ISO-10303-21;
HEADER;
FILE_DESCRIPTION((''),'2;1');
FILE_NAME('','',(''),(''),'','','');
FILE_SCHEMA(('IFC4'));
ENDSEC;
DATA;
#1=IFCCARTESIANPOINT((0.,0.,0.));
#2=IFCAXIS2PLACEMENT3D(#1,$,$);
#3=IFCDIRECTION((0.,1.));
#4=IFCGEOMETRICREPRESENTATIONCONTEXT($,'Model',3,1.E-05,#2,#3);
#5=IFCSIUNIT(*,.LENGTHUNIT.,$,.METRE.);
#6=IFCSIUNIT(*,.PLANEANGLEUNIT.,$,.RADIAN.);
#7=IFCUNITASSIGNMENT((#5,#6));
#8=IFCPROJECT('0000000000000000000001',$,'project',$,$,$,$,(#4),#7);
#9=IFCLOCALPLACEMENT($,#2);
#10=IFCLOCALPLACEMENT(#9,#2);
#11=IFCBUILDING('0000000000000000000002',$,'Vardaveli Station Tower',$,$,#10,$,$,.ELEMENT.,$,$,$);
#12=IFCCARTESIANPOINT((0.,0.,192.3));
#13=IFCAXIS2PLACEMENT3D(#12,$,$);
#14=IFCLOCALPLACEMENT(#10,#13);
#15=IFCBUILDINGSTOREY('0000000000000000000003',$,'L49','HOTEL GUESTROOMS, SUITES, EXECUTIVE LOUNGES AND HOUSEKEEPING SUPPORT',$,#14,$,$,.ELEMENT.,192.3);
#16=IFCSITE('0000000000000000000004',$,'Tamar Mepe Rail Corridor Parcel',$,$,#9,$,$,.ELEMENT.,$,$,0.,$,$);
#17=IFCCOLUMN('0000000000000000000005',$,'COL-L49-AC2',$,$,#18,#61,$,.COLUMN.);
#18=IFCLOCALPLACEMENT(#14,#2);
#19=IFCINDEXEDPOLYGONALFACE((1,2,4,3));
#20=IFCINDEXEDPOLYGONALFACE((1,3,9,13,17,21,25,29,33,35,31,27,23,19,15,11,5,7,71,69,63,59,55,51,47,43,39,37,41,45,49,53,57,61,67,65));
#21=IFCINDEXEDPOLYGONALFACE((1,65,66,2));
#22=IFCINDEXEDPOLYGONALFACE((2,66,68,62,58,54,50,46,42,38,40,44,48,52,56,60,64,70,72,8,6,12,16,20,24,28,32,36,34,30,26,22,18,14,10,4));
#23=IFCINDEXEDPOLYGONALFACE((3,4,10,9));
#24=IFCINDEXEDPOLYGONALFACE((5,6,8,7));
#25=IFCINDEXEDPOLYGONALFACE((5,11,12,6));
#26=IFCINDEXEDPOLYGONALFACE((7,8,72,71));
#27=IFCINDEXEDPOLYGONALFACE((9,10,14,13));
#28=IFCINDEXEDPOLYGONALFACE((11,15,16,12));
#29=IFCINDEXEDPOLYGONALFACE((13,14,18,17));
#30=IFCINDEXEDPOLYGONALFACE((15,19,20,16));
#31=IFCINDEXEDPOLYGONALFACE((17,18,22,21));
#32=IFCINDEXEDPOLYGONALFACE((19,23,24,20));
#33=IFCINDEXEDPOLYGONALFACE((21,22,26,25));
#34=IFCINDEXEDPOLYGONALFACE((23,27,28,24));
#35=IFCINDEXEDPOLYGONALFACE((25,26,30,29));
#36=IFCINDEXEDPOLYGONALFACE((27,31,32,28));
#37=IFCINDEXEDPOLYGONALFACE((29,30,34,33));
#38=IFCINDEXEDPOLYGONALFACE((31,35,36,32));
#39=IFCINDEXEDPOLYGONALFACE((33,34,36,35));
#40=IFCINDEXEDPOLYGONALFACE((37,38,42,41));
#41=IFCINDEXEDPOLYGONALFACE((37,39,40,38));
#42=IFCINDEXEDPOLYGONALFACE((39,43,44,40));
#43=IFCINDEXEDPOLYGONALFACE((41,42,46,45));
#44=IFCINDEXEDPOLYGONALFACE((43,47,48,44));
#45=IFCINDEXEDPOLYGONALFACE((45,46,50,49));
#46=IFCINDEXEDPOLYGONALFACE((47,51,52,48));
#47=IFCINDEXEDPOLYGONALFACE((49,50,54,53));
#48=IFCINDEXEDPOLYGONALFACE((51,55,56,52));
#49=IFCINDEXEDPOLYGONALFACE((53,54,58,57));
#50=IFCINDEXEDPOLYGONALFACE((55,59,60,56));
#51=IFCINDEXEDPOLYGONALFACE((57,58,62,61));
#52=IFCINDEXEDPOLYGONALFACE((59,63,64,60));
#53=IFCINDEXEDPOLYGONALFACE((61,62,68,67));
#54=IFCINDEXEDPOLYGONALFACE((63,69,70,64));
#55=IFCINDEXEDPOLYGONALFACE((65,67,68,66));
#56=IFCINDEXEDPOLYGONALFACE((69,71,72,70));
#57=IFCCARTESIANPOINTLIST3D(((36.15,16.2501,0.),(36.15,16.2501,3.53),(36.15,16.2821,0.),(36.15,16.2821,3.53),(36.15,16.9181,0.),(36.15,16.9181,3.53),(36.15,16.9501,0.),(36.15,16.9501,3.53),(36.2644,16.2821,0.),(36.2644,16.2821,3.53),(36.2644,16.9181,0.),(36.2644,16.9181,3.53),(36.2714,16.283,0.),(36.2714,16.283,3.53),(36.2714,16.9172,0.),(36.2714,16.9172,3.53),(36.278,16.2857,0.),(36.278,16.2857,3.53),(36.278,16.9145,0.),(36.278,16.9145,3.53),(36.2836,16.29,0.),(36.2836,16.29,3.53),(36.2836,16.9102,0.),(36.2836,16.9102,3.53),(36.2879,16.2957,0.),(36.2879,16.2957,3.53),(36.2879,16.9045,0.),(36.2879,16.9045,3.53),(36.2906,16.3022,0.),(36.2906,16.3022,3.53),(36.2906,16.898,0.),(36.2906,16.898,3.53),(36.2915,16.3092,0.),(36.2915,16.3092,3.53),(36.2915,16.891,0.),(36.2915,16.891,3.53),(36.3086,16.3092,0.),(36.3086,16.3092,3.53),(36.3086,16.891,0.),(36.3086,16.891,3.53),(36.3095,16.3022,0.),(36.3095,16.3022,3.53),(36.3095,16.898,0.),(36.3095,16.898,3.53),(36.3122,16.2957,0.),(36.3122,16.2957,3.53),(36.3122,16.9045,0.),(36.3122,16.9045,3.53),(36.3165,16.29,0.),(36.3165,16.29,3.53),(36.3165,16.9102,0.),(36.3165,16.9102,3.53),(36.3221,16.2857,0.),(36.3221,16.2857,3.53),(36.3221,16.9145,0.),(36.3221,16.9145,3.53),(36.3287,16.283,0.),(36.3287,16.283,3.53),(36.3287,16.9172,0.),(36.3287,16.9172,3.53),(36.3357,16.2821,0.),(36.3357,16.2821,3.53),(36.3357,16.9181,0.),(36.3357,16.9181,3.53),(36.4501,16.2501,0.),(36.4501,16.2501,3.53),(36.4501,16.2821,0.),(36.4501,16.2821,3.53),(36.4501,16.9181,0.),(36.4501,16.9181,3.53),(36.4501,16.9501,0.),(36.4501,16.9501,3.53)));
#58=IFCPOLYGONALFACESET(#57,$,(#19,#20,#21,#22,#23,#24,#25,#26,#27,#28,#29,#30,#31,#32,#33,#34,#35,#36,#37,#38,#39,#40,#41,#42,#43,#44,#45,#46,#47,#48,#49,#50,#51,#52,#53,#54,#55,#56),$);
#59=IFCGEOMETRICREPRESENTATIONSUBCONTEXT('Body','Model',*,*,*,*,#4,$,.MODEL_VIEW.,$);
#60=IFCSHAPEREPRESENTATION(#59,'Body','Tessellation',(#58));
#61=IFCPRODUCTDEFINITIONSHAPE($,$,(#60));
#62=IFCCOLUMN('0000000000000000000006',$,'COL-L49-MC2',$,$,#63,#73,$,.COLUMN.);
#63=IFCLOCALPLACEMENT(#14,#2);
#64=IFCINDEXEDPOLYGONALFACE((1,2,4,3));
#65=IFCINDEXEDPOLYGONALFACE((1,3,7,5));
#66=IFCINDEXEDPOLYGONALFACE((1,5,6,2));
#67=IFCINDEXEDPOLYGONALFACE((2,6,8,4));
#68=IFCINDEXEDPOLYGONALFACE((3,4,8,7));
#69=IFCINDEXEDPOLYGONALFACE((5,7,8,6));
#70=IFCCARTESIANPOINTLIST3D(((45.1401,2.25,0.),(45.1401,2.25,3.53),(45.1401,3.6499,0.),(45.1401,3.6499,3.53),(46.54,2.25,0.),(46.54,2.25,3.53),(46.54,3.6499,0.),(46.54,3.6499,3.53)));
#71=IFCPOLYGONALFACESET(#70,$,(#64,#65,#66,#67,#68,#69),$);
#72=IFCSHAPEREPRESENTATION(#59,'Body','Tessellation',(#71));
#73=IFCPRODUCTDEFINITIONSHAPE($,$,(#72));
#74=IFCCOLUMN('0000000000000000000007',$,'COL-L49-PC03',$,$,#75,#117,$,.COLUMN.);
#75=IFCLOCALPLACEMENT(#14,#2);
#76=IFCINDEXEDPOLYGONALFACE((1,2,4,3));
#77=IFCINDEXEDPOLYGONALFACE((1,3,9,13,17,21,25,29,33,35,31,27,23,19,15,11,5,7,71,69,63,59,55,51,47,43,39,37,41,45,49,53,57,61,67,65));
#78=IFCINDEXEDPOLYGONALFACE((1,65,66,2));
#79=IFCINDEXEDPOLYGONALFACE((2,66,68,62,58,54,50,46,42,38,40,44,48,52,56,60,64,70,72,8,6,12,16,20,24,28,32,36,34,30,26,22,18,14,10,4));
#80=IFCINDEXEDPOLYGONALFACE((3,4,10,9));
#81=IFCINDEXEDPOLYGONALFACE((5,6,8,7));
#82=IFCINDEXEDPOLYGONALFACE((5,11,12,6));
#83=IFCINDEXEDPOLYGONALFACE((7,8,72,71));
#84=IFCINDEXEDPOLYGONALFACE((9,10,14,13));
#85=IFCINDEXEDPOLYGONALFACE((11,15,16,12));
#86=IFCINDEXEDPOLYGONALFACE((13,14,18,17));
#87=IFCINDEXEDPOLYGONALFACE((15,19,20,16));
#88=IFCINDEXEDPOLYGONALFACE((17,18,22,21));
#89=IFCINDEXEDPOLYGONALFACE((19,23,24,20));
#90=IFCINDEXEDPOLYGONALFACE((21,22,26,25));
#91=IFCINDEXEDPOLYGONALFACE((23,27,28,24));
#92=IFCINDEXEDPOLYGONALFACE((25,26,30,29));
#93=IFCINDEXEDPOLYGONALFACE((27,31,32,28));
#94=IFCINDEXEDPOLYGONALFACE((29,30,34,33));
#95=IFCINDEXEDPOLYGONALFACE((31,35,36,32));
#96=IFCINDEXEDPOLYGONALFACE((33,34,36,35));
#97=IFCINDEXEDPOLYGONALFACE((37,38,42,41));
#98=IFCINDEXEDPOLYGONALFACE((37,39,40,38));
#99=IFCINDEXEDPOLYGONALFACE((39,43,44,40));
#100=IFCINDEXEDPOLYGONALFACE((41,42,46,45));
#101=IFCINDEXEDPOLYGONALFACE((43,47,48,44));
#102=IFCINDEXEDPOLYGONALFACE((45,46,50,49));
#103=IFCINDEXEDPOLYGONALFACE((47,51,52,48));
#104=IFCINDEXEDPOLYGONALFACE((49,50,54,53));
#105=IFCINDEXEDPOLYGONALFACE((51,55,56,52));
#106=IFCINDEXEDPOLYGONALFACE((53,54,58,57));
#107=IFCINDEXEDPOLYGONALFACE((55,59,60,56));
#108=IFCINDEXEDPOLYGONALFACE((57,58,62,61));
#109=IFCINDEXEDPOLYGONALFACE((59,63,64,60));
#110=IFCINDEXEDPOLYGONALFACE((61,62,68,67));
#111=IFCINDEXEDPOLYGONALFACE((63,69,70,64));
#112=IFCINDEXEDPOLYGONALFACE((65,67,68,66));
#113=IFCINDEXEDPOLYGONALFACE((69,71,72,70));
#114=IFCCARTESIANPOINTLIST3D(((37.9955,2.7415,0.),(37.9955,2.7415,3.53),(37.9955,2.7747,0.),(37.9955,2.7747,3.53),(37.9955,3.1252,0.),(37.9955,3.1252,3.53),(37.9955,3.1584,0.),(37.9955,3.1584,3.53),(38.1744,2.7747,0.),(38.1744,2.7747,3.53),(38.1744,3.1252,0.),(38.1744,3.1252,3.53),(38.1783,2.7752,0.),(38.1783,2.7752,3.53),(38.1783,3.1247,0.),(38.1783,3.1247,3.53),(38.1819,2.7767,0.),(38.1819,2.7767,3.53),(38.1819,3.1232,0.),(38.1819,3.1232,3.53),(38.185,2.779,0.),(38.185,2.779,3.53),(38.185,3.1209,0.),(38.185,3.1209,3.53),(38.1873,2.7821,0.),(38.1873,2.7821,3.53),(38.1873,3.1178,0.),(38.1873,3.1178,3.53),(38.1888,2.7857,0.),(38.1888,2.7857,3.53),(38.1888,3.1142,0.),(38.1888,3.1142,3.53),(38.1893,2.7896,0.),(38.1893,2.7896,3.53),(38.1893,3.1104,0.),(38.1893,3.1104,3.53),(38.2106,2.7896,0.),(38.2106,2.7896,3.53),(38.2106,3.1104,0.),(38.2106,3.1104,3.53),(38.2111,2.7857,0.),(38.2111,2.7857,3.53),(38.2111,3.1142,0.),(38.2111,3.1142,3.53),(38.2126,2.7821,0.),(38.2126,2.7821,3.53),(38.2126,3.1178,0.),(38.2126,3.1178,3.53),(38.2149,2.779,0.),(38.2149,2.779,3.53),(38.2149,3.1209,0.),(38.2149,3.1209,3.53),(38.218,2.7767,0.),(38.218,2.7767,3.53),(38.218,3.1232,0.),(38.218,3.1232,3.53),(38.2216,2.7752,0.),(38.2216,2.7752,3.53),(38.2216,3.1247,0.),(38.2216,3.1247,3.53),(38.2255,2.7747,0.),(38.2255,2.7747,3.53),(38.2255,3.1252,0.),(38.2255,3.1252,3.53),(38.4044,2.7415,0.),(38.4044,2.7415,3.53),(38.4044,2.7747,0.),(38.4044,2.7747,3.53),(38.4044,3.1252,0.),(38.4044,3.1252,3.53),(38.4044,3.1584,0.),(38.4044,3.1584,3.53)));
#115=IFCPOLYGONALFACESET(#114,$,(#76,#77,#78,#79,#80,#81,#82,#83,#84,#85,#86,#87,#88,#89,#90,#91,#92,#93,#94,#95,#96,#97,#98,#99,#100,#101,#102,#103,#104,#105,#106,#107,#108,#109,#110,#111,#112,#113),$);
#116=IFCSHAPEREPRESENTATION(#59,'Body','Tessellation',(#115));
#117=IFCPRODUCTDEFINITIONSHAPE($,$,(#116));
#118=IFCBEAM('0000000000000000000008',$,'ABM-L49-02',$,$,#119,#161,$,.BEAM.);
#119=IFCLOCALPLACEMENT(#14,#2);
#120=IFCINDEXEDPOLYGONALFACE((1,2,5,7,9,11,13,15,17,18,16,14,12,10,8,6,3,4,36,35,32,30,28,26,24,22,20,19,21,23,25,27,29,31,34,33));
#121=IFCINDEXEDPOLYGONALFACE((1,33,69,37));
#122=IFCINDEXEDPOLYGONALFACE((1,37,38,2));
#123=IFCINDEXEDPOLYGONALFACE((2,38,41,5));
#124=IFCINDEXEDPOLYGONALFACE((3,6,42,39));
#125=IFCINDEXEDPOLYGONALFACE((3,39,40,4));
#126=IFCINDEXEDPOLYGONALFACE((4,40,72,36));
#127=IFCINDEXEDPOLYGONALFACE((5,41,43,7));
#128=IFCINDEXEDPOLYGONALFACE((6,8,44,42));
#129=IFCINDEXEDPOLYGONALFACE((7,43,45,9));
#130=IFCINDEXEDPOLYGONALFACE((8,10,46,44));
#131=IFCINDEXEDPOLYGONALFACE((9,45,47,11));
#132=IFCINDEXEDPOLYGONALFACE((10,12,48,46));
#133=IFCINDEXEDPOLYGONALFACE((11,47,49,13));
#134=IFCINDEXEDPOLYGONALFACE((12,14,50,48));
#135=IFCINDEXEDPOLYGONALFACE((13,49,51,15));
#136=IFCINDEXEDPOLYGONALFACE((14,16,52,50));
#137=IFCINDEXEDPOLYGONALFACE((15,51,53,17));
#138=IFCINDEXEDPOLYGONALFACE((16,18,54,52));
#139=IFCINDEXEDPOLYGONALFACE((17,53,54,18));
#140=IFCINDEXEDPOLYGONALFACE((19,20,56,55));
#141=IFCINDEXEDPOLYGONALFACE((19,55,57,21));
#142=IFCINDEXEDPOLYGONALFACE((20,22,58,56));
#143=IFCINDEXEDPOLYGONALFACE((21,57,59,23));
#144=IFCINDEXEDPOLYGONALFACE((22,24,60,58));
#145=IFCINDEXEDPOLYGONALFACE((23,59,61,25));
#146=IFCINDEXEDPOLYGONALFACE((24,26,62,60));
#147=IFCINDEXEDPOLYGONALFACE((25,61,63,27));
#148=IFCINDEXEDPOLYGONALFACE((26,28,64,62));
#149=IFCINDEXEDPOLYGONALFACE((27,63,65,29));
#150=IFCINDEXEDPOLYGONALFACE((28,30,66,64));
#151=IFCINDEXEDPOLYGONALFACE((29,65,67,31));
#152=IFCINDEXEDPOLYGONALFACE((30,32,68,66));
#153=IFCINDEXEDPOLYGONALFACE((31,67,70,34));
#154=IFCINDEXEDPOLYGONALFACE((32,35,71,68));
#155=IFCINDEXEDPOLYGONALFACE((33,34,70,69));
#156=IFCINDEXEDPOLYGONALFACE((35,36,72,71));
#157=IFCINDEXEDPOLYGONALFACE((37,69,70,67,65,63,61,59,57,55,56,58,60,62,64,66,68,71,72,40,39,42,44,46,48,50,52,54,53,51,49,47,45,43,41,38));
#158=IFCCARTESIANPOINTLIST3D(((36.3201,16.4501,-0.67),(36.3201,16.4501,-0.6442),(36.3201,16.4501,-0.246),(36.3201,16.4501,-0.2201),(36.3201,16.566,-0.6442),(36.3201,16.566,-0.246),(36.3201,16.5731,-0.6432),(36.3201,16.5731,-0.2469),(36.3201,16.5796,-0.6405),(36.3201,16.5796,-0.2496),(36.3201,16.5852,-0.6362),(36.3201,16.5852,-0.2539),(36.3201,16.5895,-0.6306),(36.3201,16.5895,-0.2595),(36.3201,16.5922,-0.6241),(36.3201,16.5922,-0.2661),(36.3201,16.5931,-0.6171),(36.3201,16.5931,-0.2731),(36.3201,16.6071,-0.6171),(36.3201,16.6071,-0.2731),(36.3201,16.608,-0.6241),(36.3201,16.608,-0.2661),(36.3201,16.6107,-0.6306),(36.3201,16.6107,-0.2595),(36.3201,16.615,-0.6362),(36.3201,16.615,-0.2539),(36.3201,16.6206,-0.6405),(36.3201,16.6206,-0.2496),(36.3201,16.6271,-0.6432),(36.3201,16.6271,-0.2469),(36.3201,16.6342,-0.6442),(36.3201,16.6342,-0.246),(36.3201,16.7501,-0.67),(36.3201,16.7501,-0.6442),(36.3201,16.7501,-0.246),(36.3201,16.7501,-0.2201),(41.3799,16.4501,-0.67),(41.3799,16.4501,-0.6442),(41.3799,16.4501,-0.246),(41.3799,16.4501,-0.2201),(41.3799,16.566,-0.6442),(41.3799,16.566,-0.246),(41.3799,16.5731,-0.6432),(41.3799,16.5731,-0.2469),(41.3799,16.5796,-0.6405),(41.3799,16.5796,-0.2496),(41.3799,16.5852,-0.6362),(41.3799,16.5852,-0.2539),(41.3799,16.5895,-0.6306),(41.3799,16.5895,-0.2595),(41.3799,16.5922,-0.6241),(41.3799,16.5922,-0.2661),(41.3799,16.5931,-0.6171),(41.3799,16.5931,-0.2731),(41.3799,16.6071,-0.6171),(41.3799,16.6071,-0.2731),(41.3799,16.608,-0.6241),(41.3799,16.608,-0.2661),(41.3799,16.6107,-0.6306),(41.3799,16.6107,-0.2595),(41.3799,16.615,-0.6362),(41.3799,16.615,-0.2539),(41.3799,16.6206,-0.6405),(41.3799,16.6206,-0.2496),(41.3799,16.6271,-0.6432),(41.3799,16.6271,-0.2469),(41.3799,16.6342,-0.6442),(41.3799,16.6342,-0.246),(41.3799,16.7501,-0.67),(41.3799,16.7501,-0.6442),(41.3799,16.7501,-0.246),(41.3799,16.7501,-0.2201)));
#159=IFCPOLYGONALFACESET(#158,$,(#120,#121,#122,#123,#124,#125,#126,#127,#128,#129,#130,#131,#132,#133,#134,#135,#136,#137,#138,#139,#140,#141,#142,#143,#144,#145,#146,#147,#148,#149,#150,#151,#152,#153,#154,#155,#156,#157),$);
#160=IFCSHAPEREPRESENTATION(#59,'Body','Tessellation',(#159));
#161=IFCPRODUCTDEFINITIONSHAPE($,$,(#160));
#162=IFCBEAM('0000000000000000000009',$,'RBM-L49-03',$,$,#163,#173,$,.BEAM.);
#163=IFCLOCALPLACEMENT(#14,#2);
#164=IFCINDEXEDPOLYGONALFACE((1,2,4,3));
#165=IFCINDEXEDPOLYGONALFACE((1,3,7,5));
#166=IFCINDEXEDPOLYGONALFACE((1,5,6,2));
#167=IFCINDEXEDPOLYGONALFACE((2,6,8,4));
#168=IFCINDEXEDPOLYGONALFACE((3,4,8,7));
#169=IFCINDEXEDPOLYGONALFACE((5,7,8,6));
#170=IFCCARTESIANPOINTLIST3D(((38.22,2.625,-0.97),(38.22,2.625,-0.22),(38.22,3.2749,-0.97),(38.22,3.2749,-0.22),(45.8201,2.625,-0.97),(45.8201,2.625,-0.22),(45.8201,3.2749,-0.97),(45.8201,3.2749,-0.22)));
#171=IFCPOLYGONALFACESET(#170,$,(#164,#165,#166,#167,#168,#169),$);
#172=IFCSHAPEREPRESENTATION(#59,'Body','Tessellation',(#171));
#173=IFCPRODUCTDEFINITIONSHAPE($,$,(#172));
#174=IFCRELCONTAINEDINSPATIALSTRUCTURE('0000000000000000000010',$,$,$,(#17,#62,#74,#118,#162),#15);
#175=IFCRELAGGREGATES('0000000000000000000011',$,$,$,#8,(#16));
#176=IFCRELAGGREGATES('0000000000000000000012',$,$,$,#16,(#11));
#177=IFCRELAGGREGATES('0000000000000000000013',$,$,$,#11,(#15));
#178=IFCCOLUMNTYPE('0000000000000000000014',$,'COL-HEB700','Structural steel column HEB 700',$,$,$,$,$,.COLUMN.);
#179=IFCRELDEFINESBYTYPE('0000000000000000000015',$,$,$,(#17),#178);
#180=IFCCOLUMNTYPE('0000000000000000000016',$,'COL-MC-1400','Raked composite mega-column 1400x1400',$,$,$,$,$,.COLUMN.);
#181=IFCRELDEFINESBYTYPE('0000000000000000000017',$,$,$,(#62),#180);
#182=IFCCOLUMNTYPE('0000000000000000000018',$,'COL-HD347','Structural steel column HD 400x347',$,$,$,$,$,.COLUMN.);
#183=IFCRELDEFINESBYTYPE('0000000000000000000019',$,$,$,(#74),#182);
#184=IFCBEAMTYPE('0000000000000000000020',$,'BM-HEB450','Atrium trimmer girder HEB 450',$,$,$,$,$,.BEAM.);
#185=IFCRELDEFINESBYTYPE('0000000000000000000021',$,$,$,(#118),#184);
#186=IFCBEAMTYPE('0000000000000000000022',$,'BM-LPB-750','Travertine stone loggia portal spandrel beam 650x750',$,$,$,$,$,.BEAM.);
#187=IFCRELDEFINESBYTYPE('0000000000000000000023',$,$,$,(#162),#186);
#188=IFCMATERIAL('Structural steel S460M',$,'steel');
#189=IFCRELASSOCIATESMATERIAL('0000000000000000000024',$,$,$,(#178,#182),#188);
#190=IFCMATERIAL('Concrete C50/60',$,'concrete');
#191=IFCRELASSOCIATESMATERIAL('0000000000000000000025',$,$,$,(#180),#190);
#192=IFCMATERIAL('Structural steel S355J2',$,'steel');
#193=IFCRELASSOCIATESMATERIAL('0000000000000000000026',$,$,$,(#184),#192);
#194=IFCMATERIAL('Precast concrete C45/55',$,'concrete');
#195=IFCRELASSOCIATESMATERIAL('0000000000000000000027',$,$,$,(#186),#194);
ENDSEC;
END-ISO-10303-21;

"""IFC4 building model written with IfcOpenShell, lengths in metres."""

from ifc_helpers import new_model, si_unit, direction, frame, origin, origin_2d, place, context, subcontext, project, spatial, rectangle, i_section, extrude, source, transform, mapped, material, material_profile, profile_set, type_object, element, save


model = new_model("IFC4")

# Units and contexts
model_context = context("Model", 3, precision=1e-05, world=origin(), true_north=direction((0.0, 1.0)))
body_context = subcontext(model_context, "Body", "Model", "MODEL_VIEW")
ifc_project = project(units=[si_unit("LENGTHUNIT", "METRE"), si_unit("PLANEANGLEUNIT", "RADIAN")], contexts=[model_context])

# Site, building, storey
site_placement = place(None, origin())
site = spatial("IfcSite", under=ifc_project, at=site_placement, Name="Tamar Mepe Rail Corridor Parcel", CompositionType="ELEMENT", RefElevation=0.0)
building_placement = place(site_placement, origin())
building = spatial("IfcBuilding", under=site, at=building_placement, Name="Vardaveli Station Tower", CompositionType="ELEMENT")
storey_placement = place(building_placement, frame((0.0, 0.0, 192.3)))
storey = spatial("IfcBuildingStorey", under=building, at=storey_placement, Name="L49", Description="HOTEL GUESTROOMS, SUITES, EXECUTIVE LOUNGES AND HOUSEKEEPING SUPPORT", CompositionType="ELEMENT", Elevation=192.3)

# Columns
ifc_material_1 = material(Name="Structural steel S460M", Category="steel")
ifc_material_profile_1 = material_profile(ifc_material_1, i_section(OverallWidth=0.3, OverallDepth=0.7, WebThickness=0.0171, FlangeThickness=0.032, FilletRadius=0.0271, at=origin_2d()), Name="HEB 700")
ifc_profile_set_1 = profile_set([ifc_material_profile_1], Name="Structural steel S460M")
column_type_1 = type_object("IfcColumnType", Name="COL-HEB700", Description="Structural steel column HEB 700", PredefinedType="COLUMN", material=ifc_profile_set_1)
shared_shape_1 = source(origin(), body_context, "Body", "SweptSolid", [
    extrude(i_section(OverallWidth=0.3, OverallDepth=0.7, WebThickness=0.0171, FlangeThickness=0.032, FilletRadius=0.0271, at=origin_2d()), origin(), (0.0, 0.0, 1.0), 3.53),
])
column_1_placement = place(storey_placement, frame((36.3, 16.6001, 0.0), z_axis=(0.0, 0.0, 1.0), x_axis=(1.0, 0.0, 0.0)))
element("IfcColumn", 1, at=column_1_placement, inside=storey, type_object=column_type_1, Name="COL-L49-AC2", PredefinedType="COLUMN", context=body_context, shape_type="MappedRepresentation", body=[
    mapped(shared_shape_1, transform((0.0, 0.0, 0.0), scale=1.0)),
])
ifc_material_2 = material(Name="Concrete C50/60", Category="concrete")
ifc_material_profile_2 = material_profile(ifc_material_2, rectangle(XDim=1.3999, YDim=1.3999, at=origin_2d()), Name="MC 1400x1400")
ifc_profile_set_2 = profile_set([ifc_material_profile_2], Name="Concrete C50/60")
column_type_2 = type_object("IfcColumnType", Name="COL-MC-1400", Description="Raked composite mega-column 1400x1400", PredefinedType="COLUMN", material=ifc_profile_set_2)
shared_shape_2 = source(origin(), body_context, "Body", "SweptSolid", [
    extrude(rectangle(XDim=1.3999, YDim=1.3999, at=origin_2d()), origin(), (0.0, 0.0, 1.0), 3.53),
])
column_2_placement = place(storey_placement, frame((45.8401, 2.95, 0.0), z_axis=(0.0, 0.0, 1.0), x_axis=(1.0, 0.0, 0.0)))
element("IfcColumn", 2, at=column_2_placement, inside=storey, type_object=column_type_2, Name="COL-L49-MC2", PredefinedType="COLUMN", context=body_context, shape_type="MappedRepresentation", body=[
    mapped(shared_shape_2, transform((0.0, 0.0, 0.0), scale=1.0)),
])
ifc_material_profile_3 = material_profile(ifc_material_1, i_section(OverallWidth=0.4089, OverallDepth=0.417, WebThickness=0.0212, FlangeThickness=0.0332, FilletRadius=0.0149, at=origin_2d()), Name="HD 400x347")
ifc_profile_set_3 = profile_set([ifc_material_profile_3], Name="Structural steel S460M")
column_type_3 = type_object("IfcColumnType", Name="COL-HD347", Description="Structural steel column HD 400x347", PredefinedType="COLUMN", material=ifc_profile_set_3)
shared_shape_3 = source(origin(), body_context, "Body", "SweptSolid", [
    extrude(i_section(OverallWidth=0.4089, OverallDepth=0.417, WebThickness=0.0212, FlangeThickness=0.0332, FilletRadius=0.0149, at=origin_2d()), origin(), (0.0, 0.0, 1.0), 3.53),
])
column_3_placement = place(storey_placement, frame((38.2, 2.95, 0.0), z_axis=(0.0, 0.0, 1.0), x_axis=(1.0, 0.0, 0.0)))
element("IfcColumn", 3, at=column_3_placement, inside=storey, type_object=column_type_3, Name="COL-L49-PC03", PredefinedType="COLUMN", context=body_context, shape_type="MappedRepresentation", body=[
    mapped(shared_shape_3, transform((0.0, 0.0, 0.0), scale=1.0)),
])

# Beams
ifc_material_3 = material(Name="Structural steel S355J2", Category="steel")
ifc_material_profile_4 = material_profile(ifc_material_3, i_section(OverallWidth=0.3, OverallDepth=0.45, WebThickness=0.0139, FlangeThickness=0.0259, FilletRadius=0.0271, at=origin_2d()), Name="HEB 450")
ifc_profile_set_4 = profile_set([ifc_material_profile_4], Name="Structural steel S355J2")
beam_type_1 = type_object("IfcBeamType", Name="BM-HEB450", Description="Atrium trimmer girder HEB 450", PredefinedType="BEAM", material=ifc_profile_set_4)
shared_shape_4 = source(origin(), body_context, "Body", "SweptSolid", [
    extrude(i_section(OverallWidth=0.3, OverallDepth=0.45, WebThickness=0.0139, FlangeThickness=0.0259, FilletRadius=0.0271, at=origin_2d()), origin(), (0.0, 0.0, 1.0), 5.0598),
])
beam_1_placement = place(storey_placement, frame((36.3201, 16.6001, -0.4451), z_axis=(1.0, 0.0, 0.0), x_axis=(0.0, 1.0, 0.0)))
element("IfcBeam", 4, at=beam_1_placement, inside=storey, type_object=beam_type_1, Name="ABM-L49-02", PredefinedType="BEAM", context=body_context, shape_type="MappedRepresentation", body=[
    mapped(shared_shape_4, transform((0.0, 0.0, 0.0), scale=1.0)),
])
ifc_material_4 = material(Name="Precast concrete C45/55", Category="concrete")
ifc_material_profile_5 = material_profile(ifc_material_4, rectangle(XDim=0.6499, YDim=0.75, at=origin_2d()), Name="LPB 650x750")
ifc_profile_set_5 = profile_set([ifc_material_profile_5], Name="Precast concrete C45/55")
beam_type_2 = type_object("IfcBeamType", Name="BM-LPB-750", Description="Travertine stone loggia portal spandrel beam 650x750", PredefinedType="BEAM", material=ifc_profile_set_5)
shared_shape_5 = source(origin(), body_context, "Body", "SweptSolid", [
    extrude(rectangle(XDim=0.6499, YDim=0.75, at=origin_2d()), origin(), (0.0, 0.0, 1.0), 7.6001),
])
beam_2_placement = place(storey_placement, frame((38.22, 2.95, -0.595), z_axis=(1.0, 0.0, 0.0), x_axis=(0.0, 1.0, 0.0)))
element("IfcBeam", 5, at=beam_2_placement, inside=storey, type_object=beam_type_2, Name="RBM-L49-03", PredefinedType="BEAM", context=body_context, shape_type="MappedRepresentation", body=[
    mapped(shared_shape_5, transform((0.0, 0.0, 0.0), scale=1.0)),
])

save(model, "model.ifc")
